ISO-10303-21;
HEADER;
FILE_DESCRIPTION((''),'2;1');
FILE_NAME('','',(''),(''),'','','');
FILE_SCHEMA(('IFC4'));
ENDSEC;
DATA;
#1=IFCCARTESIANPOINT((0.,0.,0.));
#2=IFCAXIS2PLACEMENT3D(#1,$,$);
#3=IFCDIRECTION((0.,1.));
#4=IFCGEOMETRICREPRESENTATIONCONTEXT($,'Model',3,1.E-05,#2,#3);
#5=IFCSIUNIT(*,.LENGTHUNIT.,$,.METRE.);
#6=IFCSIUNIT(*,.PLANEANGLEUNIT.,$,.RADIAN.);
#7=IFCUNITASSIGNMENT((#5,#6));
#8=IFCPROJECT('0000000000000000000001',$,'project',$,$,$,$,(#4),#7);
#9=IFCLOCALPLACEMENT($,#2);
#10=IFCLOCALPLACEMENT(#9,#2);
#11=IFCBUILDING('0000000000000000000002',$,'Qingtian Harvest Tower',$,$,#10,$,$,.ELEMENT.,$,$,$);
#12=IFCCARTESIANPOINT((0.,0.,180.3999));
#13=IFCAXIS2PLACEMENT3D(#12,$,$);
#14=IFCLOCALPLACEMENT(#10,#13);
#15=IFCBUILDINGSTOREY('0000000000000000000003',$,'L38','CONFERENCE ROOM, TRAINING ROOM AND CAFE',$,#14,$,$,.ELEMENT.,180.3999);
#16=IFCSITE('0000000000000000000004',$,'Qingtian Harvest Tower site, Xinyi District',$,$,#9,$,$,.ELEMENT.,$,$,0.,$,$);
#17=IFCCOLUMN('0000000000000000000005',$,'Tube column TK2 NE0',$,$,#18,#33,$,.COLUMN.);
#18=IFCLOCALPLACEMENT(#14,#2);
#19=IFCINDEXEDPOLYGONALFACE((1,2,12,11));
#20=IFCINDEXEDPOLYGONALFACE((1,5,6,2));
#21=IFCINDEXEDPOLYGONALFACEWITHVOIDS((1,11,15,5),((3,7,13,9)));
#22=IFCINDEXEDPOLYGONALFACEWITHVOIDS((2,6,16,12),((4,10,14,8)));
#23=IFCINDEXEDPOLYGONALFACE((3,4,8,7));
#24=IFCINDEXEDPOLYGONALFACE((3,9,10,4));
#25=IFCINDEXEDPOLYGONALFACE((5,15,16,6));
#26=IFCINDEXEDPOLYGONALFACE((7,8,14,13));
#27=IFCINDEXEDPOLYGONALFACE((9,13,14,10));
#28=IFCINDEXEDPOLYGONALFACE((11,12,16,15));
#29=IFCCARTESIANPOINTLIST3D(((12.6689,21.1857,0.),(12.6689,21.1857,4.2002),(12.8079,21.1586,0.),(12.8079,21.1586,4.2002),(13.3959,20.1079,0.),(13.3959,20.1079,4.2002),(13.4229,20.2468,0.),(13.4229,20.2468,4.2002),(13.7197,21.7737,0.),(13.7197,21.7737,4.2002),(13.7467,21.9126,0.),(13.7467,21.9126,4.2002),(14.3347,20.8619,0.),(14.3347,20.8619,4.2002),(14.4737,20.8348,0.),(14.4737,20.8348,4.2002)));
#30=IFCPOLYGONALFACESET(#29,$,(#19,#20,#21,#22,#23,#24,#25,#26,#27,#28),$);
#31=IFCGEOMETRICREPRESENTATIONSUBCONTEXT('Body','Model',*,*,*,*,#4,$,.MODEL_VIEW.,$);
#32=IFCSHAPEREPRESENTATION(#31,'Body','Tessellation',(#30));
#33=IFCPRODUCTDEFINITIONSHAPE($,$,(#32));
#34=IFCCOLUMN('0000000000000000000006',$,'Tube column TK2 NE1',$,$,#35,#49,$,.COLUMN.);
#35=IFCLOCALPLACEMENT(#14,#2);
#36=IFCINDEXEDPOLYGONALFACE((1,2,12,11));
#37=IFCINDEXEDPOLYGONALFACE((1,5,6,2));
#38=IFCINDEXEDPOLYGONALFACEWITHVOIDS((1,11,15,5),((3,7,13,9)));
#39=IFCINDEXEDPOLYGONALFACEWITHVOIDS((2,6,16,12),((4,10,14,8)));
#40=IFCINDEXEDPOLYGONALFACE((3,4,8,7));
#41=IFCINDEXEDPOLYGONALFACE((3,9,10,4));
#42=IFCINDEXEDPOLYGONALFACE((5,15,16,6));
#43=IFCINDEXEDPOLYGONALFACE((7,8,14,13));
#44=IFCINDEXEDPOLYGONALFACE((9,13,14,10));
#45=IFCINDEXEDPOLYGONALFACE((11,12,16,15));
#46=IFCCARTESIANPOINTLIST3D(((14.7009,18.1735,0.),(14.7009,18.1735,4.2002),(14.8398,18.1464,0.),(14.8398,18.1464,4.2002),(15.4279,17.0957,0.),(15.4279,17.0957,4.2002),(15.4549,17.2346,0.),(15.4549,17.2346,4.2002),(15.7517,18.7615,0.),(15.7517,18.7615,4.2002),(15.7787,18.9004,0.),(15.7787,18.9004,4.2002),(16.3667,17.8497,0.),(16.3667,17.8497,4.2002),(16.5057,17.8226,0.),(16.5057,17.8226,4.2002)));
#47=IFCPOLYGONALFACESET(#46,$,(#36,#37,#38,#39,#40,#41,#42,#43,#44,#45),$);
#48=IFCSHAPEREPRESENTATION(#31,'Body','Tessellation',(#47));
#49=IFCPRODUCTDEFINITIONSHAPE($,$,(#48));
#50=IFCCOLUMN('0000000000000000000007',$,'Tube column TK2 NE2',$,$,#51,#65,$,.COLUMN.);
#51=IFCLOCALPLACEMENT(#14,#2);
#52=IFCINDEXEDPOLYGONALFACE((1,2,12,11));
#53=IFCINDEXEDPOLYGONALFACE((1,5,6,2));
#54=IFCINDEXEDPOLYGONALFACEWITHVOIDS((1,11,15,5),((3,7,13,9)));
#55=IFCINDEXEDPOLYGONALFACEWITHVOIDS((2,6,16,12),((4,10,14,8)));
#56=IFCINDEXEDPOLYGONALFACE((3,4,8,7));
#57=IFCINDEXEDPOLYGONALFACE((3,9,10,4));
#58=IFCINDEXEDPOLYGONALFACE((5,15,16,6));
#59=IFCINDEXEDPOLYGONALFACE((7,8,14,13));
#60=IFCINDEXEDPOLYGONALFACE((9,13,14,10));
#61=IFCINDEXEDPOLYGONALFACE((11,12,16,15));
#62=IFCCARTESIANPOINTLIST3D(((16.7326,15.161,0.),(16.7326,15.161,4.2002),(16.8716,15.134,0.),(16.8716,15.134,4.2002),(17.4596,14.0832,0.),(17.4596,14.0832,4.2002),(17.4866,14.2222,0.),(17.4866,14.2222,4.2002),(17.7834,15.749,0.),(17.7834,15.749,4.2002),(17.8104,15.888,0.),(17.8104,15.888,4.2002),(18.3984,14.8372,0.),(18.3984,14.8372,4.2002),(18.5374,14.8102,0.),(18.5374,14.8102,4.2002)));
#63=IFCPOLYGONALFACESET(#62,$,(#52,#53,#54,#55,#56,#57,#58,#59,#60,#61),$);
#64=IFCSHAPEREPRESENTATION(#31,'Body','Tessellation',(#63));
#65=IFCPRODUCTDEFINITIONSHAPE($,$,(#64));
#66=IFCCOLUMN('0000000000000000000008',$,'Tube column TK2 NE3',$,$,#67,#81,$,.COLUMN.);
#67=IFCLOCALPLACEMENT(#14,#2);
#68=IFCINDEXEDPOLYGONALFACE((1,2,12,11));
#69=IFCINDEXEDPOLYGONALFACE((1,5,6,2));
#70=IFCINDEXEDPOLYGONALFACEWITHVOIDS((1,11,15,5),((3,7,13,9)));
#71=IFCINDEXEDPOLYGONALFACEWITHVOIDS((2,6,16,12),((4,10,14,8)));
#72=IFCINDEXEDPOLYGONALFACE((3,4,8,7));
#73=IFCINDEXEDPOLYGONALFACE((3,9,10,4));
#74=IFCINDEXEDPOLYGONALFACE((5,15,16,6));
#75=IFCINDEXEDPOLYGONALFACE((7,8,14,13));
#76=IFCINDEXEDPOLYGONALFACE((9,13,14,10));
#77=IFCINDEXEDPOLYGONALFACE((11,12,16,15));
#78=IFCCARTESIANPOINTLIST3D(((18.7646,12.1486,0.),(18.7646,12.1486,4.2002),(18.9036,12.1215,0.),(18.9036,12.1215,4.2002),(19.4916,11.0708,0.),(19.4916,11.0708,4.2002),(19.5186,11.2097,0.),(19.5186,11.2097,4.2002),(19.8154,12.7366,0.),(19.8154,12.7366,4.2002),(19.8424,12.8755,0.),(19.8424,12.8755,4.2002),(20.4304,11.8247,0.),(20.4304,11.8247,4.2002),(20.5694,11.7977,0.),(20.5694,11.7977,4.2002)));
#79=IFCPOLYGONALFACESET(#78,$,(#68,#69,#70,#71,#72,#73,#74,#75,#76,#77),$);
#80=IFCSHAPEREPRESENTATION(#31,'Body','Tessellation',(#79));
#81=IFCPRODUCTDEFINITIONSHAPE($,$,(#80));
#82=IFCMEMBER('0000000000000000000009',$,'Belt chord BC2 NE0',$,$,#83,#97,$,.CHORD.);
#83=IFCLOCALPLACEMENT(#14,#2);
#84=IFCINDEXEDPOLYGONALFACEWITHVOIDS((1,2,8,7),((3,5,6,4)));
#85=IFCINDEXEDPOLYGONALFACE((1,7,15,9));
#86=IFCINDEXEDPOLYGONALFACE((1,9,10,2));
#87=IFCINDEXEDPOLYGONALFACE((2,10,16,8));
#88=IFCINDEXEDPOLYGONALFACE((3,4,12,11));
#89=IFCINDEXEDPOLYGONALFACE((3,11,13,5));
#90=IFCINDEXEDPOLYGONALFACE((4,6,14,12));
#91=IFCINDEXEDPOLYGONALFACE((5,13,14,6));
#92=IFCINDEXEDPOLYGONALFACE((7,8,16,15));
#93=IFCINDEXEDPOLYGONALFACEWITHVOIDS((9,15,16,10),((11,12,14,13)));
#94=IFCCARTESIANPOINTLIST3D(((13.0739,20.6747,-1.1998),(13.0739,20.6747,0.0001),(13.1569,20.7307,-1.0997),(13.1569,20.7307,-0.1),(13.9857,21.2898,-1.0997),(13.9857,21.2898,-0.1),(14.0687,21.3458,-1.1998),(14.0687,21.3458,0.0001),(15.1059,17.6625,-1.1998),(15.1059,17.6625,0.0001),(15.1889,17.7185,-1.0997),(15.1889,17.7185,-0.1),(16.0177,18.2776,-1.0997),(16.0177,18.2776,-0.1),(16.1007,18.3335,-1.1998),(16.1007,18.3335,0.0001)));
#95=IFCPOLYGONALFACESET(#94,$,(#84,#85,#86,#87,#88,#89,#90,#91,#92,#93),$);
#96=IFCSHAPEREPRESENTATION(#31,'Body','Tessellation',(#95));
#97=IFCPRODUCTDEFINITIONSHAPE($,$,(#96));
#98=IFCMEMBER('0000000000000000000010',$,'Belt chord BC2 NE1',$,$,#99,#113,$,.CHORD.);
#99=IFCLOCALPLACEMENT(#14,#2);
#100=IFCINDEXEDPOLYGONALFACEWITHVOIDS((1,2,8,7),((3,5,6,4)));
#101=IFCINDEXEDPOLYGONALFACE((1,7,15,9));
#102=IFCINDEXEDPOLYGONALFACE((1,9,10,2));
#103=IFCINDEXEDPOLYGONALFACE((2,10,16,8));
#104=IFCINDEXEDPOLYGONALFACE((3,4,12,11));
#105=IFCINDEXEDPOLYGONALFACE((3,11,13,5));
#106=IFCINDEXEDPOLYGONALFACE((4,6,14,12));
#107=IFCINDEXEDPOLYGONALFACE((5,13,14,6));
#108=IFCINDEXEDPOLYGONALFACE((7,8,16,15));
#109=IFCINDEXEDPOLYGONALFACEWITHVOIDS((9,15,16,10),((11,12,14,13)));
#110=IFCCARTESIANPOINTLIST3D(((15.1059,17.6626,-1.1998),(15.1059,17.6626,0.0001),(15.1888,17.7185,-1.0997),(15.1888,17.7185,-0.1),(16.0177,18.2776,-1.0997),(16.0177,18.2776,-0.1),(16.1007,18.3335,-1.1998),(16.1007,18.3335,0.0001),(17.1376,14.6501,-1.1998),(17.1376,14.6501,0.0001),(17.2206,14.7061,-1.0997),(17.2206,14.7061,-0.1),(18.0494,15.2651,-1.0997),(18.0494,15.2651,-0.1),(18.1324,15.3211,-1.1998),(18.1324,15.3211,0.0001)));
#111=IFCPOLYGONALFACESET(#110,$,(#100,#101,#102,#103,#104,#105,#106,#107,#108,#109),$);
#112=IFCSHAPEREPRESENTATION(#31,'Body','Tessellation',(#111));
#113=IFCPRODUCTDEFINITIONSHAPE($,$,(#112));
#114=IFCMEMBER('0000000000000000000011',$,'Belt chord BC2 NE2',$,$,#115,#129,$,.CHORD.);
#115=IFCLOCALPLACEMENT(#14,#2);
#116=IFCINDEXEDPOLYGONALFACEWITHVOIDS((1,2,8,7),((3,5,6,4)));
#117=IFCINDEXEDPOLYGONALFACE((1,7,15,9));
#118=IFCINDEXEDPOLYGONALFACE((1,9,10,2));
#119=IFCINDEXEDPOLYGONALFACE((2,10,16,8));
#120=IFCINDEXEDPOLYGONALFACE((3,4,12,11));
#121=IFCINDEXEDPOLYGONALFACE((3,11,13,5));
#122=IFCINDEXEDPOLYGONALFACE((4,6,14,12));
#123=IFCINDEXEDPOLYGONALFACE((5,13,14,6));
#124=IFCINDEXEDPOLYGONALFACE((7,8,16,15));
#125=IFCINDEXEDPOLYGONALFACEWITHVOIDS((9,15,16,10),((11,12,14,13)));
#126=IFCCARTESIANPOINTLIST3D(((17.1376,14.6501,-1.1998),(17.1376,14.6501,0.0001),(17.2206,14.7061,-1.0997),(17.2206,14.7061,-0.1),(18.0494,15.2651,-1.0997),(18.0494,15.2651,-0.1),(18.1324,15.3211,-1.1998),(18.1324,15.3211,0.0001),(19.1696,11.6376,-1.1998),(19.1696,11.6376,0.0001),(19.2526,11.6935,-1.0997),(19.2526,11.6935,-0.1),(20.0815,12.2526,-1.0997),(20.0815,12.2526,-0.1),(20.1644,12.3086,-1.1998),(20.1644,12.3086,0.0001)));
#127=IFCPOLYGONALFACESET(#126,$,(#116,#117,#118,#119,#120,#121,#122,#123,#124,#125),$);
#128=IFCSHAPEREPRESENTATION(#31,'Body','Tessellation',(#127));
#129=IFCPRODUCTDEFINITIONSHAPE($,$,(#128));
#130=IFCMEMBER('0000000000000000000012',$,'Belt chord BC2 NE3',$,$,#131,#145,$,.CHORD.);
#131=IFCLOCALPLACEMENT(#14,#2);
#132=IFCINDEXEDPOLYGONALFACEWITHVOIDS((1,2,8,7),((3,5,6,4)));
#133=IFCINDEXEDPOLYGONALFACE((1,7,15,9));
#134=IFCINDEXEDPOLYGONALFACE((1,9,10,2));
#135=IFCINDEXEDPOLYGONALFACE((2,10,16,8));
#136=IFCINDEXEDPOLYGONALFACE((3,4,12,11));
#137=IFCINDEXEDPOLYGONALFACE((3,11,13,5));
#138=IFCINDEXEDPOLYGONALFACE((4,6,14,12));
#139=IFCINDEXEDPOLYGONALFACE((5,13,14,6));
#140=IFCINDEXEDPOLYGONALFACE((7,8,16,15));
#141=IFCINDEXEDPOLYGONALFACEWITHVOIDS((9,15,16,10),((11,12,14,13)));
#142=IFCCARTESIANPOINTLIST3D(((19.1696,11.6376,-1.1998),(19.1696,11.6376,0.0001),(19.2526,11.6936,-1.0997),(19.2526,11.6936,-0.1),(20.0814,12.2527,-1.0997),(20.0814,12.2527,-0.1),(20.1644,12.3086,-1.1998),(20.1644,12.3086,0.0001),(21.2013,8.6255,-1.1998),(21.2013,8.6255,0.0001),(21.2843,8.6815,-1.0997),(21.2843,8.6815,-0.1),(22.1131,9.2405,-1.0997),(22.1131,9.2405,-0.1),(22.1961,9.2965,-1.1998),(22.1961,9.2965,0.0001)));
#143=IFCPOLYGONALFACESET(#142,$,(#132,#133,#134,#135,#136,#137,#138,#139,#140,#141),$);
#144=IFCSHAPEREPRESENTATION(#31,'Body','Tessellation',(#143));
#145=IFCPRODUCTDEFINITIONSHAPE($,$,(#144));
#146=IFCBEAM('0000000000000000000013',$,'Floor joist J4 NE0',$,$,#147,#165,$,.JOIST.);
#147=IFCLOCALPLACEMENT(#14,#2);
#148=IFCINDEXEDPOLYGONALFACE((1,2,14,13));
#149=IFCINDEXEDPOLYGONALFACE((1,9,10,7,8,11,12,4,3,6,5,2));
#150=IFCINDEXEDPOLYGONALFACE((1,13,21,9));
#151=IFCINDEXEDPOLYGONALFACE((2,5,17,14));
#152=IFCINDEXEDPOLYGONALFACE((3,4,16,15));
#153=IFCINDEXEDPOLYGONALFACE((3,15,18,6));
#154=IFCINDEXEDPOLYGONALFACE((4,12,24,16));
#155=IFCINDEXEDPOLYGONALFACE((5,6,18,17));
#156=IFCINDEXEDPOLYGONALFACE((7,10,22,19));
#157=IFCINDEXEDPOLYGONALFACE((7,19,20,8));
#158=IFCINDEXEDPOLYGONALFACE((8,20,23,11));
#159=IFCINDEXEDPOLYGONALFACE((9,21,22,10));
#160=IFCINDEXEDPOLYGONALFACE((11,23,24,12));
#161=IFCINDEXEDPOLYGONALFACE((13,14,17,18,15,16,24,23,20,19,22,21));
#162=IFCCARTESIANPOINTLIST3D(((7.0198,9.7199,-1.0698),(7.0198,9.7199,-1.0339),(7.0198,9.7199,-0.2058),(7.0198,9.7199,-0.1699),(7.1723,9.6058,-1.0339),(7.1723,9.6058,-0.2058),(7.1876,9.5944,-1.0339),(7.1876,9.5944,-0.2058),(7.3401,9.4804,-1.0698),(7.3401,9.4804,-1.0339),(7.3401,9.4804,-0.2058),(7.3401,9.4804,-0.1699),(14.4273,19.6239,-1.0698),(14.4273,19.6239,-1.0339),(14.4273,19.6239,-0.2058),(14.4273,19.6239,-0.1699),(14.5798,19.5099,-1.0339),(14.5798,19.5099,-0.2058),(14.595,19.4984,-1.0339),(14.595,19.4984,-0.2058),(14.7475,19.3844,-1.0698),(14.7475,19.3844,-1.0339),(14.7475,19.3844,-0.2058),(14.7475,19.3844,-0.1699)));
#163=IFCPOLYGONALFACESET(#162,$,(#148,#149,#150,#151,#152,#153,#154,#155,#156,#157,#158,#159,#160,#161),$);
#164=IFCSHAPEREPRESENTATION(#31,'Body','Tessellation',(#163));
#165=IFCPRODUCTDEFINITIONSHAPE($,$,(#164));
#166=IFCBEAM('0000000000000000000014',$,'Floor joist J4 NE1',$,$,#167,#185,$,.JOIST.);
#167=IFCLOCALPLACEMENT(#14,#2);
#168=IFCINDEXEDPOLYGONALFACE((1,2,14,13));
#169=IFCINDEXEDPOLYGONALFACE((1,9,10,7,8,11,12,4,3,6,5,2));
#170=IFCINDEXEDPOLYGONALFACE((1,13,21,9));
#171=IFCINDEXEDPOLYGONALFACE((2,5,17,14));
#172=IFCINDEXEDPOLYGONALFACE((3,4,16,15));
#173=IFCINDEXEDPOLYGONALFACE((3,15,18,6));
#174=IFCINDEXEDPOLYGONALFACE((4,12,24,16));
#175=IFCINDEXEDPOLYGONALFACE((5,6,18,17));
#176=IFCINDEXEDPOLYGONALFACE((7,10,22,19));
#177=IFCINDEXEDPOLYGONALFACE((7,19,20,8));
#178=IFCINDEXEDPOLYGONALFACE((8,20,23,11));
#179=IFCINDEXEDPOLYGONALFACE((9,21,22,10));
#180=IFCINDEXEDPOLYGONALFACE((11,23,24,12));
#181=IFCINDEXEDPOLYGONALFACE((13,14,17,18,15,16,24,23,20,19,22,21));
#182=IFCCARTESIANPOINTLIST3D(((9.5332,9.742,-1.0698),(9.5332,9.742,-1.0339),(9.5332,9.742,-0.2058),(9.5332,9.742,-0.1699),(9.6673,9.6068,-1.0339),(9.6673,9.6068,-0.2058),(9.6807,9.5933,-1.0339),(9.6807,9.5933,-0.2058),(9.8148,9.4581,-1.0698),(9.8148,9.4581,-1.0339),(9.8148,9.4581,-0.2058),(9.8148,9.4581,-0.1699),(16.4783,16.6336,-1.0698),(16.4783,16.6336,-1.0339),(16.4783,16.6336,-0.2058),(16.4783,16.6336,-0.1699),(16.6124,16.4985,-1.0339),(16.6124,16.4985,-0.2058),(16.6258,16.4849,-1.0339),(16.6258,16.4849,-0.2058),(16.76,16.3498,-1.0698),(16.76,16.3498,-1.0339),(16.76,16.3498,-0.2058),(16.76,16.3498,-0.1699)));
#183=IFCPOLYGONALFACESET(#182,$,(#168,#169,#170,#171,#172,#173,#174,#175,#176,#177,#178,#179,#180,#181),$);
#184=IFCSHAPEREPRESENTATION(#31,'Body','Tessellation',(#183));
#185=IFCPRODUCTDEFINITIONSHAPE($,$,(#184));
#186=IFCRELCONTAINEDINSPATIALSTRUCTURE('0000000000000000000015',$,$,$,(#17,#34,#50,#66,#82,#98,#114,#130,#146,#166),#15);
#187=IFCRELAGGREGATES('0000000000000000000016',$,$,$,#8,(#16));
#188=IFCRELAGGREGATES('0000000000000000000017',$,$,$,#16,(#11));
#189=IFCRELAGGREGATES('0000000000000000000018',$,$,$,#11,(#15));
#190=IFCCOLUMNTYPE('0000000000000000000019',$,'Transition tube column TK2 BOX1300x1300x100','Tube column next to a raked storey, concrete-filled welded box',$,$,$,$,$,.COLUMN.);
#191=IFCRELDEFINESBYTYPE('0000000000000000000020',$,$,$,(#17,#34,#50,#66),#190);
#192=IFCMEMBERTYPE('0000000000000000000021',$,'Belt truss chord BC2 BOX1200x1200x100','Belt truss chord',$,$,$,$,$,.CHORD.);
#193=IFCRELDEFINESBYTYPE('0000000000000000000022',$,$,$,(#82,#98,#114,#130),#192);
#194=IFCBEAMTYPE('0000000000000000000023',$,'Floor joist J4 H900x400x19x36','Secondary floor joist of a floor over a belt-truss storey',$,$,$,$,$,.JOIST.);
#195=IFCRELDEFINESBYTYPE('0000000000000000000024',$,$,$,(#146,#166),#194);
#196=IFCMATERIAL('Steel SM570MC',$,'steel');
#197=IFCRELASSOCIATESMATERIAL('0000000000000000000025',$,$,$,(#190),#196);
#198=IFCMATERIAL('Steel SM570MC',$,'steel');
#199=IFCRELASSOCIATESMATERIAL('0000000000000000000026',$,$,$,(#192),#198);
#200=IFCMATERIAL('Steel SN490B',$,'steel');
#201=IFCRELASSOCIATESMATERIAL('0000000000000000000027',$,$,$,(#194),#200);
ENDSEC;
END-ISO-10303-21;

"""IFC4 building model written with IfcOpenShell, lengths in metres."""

from ifc_helpers import new_model, si_unit, direction, frame, origin, origin_2d, place, context, subcontext, project, spatial, hollow_rectangle, i_section, extrude, material, material_profile, profile_set, type_object, element, save


model = new_model("IFC4")

# Units and contexts
model_context = context("Model", 3, precision=1e-05, world=origin(), true_north=direction((0.0, 1.0)))
body_context = subcontext(model_context, "Body", "Model", "MODEL_VIEW")
ifc_project = project(units=[si_unit("LENGTHUNIT", "METRE"), si_unit("PLANEANGLEUNIT", "RADIAN")], contexts=[model_context])

# Site, building, storey
site_placement = place(None, origin())
site = spatial("IfcSite", under=ifc_project, at=site_placement, Name="Qingtian Harvest Tower site, Xinyi District", CompositionType="ELEMENT", RefElevation=0.0)
building_placement = place(site_placement, origin())
building = spatial("IfcBuilding", under=site, at=building_placement, Name="Qingtian Harvest Tower", CompositionType="ELEMENT")
storey_placement = place(building_placement, frame((0.0, 0.0, 180.3999)))
storey = spatial("IfcBuildingStorey", under=building, at=storey_placement, Name="L38", Description="CONFERENCE ROOM, TRAINING ROOM AND CAFE", CompositionType="ELEMENT", Elevation=180.3999)

# Columns
ifc_material_1 = material(Name="Steel SM570MC", Category="steel")
ifc_material_profile_1 = material_profile(ifc_material_1, hollow_rectangle(XDim=1.3, YDim=1.3, WallThickness=0.1001, at=origin_2d()), Name="BOX1300x1300x100")
ifc_profile_set_1 = profile_set([ifc_material_profile_1], Name="Steel SM570MC")
column_type = type_object("IfcColumnType", Name="Transition tube column TK2 BOX1300x1300x100", Description="Tube column next to a raked storey, concrete-filled welded box", PredefinedType="COLUMN", material=ifc_profile_set_1)
for number, where, z_axis, x_axis, name in (
    (1, (13.5713, 21.0103, 0.0), (0.0, 0.0, 1.0), (-0.559193, 0.829038, 0.0), "Tube column TK2 NE0"),
    (2, (15.6033, 17.998, 0.0), (0.0, 0.0, 1.0), (-0.559193, 0.829038, 0.0), "Tube column TK2 NE1"),
    (3, (17.635, 14.9856, 0.0), (0.0, 0.0, 1.0), (-0.559193, 0.829038, 0.0), "Tube column TK2 NE2"),
    (4, (19.667, 11.9731, 0.0), (0.0, 0.0, 1.0), (-0.559193, 0.829038, 0.0), "Tube column TK2 NE3"),
):
    element("IfcColumn", number, at=place(storey_placement, frame(where, z_axis=z_axis, x_axis=x_axis)), inside=storey, type_object=column_type, Name=name, PredefinedType="COLUMN", context=body_context, shape_type="SweptSolid", body=[
        extrude(hollow_rectangle(XDim=1.3, YDim=1.3, WallThickness=0.1001, at=origin_2d()), origin(), (0.0, 0.0, 1.0), 4.2002),
    ])

# Members
ifc_material_2 = material(Name="Steel SM570MC", Category="steel")
ifc_material_profile_2 = material_profile(ifc_material_2, hollow_rectangle(XDim=1.2, YDim=1.2, WallThickness=0.1001, at=origin_2d()), Name="BOX1200x1200x100")
ifc_profile_set_2 = profile_set([ifc_material_profile_2], Name="Steel SM570MC")
member_type_1 = type_object("IfcMemberType", Name="Belt truss chord BC2 BOX1200x1200x100", Description="Belt truss chord", PredefinedType="CHORD", material=ifc_profile_set_2)
for number, where, z_axis, x_axis, name in (
    (5, (13.5713, 21.0103, -0.5999), (0.559235, -0.829009, 0.0), (0.829009, 0.559235, 0.0), "Belt chord BC2 NE0"),
    (6, (15.6033, 17.998, -0.5999), (0.559158, -0.829061, 0.0), (0.829061, 0.559158, 0.0), "Belt chord BC2 NE1"),
):
    element("IfcMember", number, at=place(storey_placement, frame(where, z_axis=z_axis, x_axis=x_axis)), inside=storey, type_object=member_type_1, Name=name, PredefinedType="CHORD", context=body_context, shape_type="SweptSolid", body=[
        extrude(hollow_rectangle(XDim=1.2, YDim=1.2, WallThickness=0.1001, at=origin_2d()), origin(), (0.0, 0.0, 1.0), 3.6335),
    ])
member_1_placement = place(storey_placement, frame((17.635, 14.9856, -0.5999), z_axis=(0.559204, -0.82903, 0.0), x_axis=(0.82903, 0.559204, 0.0)))
element("IfcMember", 7, at=member_1_placement, inside=storey, type_object=member_type_1, Name="Belt chord BC2 NE2", PredefinedType="CHORD", context=body_context, shape_type="SweptSolid", body=[
    extrude(hollow_rectangle(XDim=1.2, YDim=1.2, WallThickness=0.1001, at=origin_2d()), origin(), (0.0, 0.0, 1.0), 3.6338),
])
member_2_placement = place(storey_placement, frame((19.667, 11.9731, -0.5999), z_axis=(0.559189, -0.82904, 0.0), x_axis=(0.82904, 0.559189, 0.0)))
element("IfcMember", 8, at=member_2_placement, inside=storey, type_object=member_type_1, Name="Belt chord BC2 NE3", PredefinedType="CHORD", context=body_context, shape_type="SweptSolid", body=[
    extrude(hollow_rectangle(XDim=1.2, YDim=1.2, WallThickness=0.1001, at=origin_2d()), origin(), (0.0, 0.0, 1.0), 3.6333),
])

# Beams
ifc_material_3 = material(Name="Steel SN490B", Category="steel")
ifc_material_profile_3 = material_profile(ifc_material_3, i_section(OverallWidth=0.3999, OverallDepth=0.8999, WebThickness=0.019, FlangeThickness=0.0359, at=origin_2d()), Name="H900x400x19x36")
ifc_profile_set_3 = profile_set([ifc_material_profile_3], Name="Steel SN490B")
beam_type_1 = type_object("IfcBeamType", Name="Floor joist J4 H900x400x19x36", Description="Secondary floor joist of a floor over a belt-truss storey", PredefinedType="JOIST", material=ifc_profile_set_3)
beam_1_placement = place(storey_placement, frame((14.5874, 19.5042, -0.6199), z_axis=(-0.598935, -0.800798, 0.0), x_axis=(0.800798, -0.598935, 0.0)))
element("IfcBeam", 9, at=beam_1_placement, inside=storey, type_object=beam_type_1, Name="Floor joist J4 NE0", PredefinedType="JOIST", context=body_context, shape_type="SweptSolid", body=[
    extrude(i_section(OverallWidth=0.3999, OverallDepth=0.8999, WebThickness=0.019, FlangeThickness=0.0359, at=origin_2d()), origin(), (0.0, 0.0, 1.0), 12.3677),
])
beam_2_placement = place(storey_placement, frame((16.6191, 16.4917, -0.6199), z_axis=(-0.709834, -0.704369, 0.0), x_axis=(0.704369, -0.709834, 0.0)))
element("IfcBeam", 10, at=beam_2_placement, inside=storey, type_object=beam_type_1, Name="Floor joist J4 NE1", PredefinedType="JOIST", context=body_context, shape_type="SweptSolid", body=[
    extrude(i_section(OverallWidth=0.3999, OverallDepth=0.8999, WebThickness=0.019, FlangeThickness=0.0359, at=origin_2d()), origin(), (0.0, 0.0, 1.0), 9.7842),
])

save(model, "model.ifc")
